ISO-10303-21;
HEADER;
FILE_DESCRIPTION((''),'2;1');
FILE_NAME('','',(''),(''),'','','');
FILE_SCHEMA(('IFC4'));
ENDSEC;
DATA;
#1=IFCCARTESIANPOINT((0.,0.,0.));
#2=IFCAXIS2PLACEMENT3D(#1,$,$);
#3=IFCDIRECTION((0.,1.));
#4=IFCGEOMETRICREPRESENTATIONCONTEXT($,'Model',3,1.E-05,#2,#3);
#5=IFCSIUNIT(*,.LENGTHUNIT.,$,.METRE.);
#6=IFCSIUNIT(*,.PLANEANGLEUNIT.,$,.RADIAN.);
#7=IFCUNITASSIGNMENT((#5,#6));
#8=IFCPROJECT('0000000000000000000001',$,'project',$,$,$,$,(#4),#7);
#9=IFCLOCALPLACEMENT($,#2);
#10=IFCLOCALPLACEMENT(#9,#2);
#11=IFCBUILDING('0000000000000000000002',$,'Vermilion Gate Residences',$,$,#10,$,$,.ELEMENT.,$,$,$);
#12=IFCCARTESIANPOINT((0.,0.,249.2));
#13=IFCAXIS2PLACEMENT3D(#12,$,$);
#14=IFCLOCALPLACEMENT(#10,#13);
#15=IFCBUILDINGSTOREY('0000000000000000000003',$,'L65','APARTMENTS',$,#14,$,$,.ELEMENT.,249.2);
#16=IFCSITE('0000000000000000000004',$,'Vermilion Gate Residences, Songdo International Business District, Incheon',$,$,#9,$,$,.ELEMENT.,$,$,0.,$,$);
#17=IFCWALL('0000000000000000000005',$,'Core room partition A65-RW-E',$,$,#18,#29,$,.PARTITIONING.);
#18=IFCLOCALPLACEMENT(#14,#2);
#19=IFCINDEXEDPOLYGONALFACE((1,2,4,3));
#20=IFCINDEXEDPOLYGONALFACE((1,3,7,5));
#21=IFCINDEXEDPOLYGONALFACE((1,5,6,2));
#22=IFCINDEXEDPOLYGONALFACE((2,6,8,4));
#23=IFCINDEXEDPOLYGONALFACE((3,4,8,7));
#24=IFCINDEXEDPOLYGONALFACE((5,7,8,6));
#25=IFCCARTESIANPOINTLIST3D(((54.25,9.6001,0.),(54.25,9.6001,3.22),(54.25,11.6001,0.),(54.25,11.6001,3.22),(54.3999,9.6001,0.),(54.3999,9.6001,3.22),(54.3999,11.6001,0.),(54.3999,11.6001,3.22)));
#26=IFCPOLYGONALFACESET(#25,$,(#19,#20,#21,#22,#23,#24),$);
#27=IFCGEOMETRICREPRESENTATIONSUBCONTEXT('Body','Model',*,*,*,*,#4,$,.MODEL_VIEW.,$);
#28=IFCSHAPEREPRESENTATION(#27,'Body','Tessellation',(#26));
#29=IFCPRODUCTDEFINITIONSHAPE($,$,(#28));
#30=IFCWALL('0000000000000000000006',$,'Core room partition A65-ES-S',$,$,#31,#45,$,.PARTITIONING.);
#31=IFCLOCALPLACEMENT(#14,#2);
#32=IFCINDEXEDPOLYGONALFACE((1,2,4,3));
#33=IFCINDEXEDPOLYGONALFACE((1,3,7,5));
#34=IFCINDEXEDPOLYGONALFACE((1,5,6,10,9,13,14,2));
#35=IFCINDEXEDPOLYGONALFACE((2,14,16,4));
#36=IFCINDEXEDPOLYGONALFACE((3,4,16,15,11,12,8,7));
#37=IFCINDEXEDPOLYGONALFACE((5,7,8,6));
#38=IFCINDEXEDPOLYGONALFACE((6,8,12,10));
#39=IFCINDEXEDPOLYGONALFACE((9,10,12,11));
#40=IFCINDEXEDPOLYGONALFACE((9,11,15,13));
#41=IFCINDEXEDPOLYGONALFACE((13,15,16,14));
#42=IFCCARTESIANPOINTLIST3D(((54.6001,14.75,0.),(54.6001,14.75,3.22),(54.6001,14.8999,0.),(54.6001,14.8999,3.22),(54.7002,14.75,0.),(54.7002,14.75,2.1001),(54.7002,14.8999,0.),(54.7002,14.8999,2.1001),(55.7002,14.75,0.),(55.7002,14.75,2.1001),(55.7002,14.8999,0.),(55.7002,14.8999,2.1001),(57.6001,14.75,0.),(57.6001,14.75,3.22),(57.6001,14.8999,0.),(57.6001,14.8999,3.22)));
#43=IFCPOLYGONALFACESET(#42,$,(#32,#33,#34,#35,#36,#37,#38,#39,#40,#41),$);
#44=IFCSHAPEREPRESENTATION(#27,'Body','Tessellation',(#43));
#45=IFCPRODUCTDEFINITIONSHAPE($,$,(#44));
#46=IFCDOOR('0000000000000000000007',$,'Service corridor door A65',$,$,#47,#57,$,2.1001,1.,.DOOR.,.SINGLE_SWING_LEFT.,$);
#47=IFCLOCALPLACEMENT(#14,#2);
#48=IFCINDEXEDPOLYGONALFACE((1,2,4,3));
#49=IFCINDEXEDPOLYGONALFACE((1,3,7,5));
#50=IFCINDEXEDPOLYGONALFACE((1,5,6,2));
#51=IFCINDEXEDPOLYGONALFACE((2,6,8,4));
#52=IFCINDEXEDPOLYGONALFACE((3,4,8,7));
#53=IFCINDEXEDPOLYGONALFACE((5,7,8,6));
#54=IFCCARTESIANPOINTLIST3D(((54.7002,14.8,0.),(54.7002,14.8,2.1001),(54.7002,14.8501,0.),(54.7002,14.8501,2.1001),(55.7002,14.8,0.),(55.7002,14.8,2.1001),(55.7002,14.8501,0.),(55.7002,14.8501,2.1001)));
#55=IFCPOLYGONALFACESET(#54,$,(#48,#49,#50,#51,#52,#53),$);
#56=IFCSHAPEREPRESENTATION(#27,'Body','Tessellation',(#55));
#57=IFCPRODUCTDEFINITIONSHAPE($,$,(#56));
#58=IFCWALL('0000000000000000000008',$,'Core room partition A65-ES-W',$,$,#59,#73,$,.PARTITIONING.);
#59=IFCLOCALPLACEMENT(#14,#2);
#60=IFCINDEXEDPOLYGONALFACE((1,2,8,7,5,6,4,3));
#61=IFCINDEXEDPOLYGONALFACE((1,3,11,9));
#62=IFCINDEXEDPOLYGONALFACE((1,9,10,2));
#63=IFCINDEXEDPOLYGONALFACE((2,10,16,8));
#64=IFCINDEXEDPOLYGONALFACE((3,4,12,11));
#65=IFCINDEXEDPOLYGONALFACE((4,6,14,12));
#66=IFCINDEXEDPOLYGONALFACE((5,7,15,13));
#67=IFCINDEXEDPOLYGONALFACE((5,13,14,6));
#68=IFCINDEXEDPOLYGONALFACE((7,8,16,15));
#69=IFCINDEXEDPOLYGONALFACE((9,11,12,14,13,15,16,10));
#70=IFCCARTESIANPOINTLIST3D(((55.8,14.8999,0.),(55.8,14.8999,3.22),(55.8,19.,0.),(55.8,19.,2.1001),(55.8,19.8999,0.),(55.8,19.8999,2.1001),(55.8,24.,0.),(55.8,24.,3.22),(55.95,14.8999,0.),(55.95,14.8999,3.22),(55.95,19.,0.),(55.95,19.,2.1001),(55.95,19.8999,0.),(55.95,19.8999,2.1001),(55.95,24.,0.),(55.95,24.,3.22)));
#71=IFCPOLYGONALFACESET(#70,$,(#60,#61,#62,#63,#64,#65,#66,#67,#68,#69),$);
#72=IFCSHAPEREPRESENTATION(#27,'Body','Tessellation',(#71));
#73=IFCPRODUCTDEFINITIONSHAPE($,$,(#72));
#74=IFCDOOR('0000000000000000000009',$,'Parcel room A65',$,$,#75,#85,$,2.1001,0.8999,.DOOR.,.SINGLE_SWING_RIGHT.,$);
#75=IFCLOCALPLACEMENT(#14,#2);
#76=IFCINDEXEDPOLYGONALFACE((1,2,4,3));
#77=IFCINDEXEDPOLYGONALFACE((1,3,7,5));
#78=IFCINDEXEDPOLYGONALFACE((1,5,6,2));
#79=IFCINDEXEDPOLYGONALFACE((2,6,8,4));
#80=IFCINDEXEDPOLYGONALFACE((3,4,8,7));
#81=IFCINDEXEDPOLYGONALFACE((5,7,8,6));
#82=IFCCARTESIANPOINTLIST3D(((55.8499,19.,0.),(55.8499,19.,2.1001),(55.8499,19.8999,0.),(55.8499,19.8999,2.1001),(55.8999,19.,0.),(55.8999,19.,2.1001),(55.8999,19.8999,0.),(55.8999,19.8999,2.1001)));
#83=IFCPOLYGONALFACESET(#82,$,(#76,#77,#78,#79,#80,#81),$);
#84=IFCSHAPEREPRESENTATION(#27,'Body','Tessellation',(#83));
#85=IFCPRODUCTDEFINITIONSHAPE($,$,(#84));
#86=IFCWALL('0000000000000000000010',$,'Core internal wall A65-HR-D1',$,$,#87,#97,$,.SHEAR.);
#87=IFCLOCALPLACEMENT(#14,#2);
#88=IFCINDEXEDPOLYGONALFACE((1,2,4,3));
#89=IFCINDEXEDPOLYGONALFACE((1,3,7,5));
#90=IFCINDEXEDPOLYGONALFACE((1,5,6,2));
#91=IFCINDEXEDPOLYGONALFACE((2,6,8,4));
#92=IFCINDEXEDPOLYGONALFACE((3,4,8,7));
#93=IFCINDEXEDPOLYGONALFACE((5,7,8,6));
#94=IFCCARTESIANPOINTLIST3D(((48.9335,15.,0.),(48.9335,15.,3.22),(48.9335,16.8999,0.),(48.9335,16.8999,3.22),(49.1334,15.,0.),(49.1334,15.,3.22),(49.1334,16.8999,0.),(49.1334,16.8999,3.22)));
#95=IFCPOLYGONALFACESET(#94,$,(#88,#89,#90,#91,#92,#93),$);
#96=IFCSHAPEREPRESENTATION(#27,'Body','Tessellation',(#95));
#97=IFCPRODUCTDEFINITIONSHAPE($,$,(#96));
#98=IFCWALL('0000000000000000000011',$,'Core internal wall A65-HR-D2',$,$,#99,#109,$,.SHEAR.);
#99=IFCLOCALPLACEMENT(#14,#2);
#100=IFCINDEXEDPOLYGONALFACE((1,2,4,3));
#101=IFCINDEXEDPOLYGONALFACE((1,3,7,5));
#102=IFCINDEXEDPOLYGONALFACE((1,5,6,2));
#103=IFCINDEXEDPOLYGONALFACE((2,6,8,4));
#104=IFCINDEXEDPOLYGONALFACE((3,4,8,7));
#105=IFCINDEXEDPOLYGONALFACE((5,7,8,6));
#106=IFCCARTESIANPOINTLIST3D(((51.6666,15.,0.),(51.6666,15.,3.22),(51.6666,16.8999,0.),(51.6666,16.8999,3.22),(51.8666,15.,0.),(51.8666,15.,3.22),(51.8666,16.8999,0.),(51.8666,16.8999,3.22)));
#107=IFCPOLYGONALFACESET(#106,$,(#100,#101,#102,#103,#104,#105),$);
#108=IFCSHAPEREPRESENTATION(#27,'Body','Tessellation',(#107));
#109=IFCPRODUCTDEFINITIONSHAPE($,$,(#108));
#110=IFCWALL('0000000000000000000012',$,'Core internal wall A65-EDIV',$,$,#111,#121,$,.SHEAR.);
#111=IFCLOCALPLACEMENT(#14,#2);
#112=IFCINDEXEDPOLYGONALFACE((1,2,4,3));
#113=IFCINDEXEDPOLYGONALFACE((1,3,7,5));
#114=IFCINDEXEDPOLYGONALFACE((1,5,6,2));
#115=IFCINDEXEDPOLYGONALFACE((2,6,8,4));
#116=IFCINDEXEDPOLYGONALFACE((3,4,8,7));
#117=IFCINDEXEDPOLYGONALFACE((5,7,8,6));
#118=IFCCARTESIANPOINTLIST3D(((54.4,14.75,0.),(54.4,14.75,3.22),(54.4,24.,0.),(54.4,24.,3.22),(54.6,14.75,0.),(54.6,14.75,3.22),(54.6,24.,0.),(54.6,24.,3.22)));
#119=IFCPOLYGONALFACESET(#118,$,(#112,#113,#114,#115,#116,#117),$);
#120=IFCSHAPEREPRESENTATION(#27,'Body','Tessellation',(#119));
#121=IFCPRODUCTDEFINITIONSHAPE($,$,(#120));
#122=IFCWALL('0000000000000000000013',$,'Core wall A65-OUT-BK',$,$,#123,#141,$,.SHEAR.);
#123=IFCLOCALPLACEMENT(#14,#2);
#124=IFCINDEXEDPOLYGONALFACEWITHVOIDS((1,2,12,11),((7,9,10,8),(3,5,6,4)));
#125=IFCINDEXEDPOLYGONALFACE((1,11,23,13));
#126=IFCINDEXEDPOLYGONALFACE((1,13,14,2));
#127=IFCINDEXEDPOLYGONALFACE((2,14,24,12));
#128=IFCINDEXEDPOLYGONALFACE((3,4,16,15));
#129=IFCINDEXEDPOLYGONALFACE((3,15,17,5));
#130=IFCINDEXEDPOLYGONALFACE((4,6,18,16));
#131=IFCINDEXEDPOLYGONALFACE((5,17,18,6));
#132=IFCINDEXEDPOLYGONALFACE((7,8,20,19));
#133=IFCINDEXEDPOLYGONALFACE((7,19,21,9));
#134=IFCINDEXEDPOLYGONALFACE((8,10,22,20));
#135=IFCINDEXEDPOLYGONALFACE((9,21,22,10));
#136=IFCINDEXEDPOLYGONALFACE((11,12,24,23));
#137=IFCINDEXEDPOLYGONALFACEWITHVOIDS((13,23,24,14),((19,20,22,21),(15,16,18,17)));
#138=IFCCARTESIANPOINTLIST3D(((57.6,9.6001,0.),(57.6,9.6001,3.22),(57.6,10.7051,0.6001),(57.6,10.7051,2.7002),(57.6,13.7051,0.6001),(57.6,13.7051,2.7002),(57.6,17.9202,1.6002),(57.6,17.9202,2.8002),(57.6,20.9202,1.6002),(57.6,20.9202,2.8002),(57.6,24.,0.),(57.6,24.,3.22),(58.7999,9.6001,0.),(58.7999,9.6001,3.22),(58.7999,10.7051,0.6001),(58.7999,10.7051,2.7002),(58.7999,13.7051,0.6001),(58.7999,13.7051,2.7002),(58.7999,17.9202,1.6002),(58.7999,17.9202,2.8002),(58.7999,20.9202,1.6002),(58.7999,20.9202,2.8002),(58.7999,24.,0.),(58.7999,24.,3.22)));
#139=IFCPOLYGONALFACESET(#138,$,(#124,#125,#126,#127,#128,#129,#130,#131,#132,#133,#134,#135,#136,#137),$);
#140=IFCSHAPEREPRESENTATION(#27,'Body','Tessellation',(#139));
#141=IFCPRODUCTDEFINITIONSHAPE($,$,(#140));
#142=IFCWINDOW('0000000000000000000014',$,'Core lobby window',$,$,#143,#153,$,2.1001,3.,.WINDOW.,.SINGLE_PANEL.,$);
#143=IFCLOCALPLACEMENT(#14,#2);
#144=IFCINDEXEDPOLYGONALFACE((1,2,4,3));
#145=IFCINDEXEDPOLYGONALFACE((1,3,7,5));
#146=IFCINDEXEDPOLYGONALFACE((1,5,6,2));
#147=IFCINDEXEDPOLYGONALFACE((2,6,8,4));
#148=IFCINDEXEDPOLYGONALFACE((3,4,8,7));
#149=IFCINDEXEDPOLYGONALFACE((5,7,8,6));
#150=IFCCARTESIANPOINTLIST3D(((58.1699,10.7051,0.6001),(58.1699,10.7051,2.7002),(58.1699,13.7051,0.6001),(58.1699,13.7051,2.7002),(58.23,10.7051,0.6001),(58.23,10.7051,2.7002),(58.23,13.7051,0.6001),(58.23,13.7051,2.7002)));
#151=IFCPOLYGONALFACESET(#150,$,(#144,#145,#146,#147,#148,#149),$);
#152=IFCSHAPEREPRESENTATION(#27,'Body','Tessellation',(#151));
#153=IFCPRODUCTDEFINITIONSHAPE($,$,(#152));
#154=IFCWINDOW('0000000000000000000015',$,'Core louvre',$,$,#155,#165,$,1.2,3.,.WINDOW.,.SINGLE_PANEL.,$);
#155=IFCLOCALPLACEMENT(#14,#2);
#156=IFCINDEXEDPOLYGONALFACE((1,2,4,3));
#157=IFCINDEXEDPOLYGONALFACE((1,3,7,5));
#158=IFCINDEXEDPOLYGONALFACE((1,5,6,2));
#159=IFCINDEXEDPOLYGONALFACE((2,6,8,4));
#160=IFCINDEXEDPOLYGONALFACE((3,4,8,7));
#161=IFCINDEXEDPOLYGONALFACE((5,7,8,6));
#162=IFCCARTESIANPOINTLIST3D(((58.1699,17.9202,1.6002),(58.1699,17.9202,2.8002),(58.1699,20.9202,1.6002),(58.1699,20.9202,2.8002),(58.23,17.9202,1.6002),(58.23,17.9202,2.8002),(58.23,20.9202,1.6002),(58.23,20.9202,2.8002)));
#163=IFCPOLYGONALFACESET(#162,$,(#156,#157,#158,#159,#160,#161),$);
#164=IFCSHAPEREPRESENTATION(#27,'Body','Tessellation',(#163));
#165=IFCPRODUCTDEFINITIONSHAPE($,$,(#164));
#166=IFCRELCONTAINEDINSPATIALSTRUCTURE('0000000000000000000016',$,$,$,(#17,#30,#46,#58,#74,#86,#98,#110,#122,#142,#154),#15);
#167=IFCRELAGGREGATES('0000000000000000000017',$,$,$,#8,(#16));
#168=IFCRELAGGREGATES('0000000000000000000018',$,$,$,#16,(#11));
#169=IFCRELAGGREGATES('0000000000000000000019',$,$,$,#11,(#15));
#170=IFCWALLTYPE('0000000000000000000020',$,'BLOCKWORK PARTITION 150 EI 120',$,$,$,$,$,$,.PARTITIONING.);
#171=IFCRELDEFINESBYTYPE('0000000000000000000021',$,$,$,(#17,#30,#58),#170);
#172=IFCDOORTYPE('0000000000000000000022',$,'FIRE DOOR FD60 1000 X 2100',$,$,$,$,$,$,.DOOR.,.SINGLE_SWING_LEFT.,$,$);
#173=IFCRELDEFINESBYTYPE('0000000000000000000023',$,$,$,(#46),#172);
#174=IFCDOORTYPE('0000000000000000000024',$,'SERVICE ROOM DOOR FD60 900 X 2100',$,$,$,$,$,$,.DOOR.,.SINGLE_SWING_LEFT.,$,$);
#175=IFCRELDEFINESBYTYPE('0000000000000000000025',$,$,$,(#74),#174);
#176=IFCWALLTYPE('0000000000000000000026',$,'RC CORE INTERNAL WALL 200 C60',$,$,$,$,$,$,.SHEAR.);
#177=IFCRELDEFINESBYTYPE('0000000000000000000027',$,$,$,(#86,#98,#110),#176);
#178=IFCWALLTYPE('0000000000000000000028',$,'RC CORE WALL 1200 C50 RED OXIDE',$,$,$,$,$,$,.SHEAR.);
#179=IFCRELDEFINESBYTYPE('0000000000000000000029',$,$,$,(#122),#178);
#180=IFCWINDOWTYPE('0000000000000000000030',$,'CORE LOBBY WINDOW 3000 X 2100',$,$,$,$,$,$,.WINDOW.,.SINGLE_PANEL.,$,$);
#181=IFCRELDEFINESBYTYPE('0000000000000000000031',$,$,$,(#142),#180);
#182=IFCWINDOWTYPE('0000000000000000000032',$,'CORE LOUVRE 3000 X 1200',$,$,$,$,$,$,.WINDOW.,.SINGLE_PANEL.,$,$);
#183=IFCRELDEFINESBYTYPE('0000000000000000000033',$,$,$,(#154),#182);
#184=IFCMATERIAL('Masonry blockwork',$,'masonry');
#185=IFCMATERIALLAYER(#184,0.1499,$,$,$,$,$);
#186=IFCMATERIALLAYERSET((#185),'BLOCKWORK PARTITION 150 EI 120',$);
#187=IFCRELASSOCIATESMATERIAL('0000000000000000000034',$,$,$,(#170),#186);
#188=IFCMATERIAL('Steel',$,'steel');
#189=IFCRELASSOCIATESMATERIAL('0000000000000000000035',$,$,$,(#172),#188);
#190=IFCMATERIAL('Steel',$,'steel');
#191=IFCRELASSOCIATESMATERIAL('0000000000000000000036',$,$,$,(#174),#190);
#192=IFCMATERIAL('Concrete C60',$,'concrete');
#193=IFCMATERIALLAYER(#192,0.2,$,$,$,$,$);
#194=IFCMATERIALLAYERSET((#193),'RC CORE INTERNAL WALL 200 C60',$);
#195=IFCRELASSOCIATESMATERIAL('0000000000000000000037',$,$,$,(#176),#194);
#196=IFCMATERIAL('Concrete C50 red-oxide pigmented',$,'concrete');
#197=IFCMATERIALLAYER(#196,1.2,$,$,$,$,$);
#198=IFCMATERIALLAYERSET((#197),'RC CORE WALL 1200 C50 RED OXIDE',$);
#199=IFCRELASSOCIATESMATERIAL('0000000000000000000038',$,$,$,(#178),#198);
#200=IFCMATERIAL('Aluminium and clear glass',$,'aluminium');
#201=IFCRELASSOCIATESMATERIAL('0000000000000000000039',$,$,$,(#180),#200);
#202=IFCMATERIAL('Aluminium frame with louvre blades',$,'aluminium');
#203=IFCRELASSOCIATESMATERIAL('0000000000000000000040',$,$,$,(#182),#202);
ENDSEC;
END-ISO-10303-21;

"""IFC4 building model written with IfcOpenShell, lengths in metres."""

from ifc_helpers import new_model, si_unit, direction, frame, frame_2d, origin, place, context, subcontext, project, spatial, rectangle, extrude, material, layer, layer_set, type_object, element, fill, save


model = new_model("IFC4")

# Units and contexts
model_context = context("Model", 3, precision=1e-05, world=origin(), true_north=direction((0.0, 1.0)))
body_context = subcontext(model_context, "Body", "Model", "MODEL_VIEW")
ifc_project = project(units=[si_unit("LENGTHUNIT", "METRE"), si_unit("PLANEANGLEUNIT", "RADIAN")], contexts=[model_context])

# Site, building, storey
site_placement = place(None, origin())
site = spatial("IfcSite", under=ifc_project, at=site_placement, Name="Vermilion Gate Residences, Songdo International Business District, Incheon", CompositionType="ELEMENT", RefElevation=0.0)
building_placement = place(site_placement, origin())
building = spatial("IfcBuilding", under=site, at=building_placement, Name="Vermilion Gate Residences", CompositionType="ELEMENT")
storey_placement = place(building_placement, frame((0.0, 0.0, 249.2)))
storey = spatial("IfcBuildingStorey", under=building, at=storey_placement, Name="L65", Description="APARTMENTS", CompositionType="ELEMENT", Elevation=249.2)

# Wall
ifc_material_1 = material(Name="Masonry blockwork", Category="masonry")
ifc_layer_1 = layer(ifc_material_1, 0.1499)
ifc_layer_set_1 = layer_set([ifc_layer_1], Name="BLOCKWORK PARTITION 150 EI 120")
wall_type_1 = type_object("IfcWallType", Name="BLOCKWORK PARTITION 150 EI 120", PredefinedType="PARTITIONING", material=ifc_layer_set_1)
wall_1_placement = place(storey_placement, frame((54.325, 9.6001, 0.0), z_axis=(0.0, 0.0, 1.0), x_axis=(0.0, 1.0, 0.0)))
element("IfcWall", 1, at=wall_1_placement, inside=storey, type_object=wall_type_1, Name="Core room partition A65-RW-E", PredefinedType="PARTITIONING", context=body_context, shape_type="SweptSolid", body=[
    extrude(rectangle(XDim=2.0, YDim=0.1499, at=frame_2d((1.0, 0.0))), origin(), (0.0, 0.0, 1.0), 3.22),
])

# Walls, openings, doors
wall_2_placement = place(storey_placement, frame((54.6001, 14.825, 0.0), z_axis=(0.0, 0.0, 1.0), x_axis=(1.0, 0.0, 0.0)))
wall_2 = element("IfcWall", 2, at=wall_2_placement, inside=storey, type_object=wall_type_1, Name="Core room partition A65-ES-S", PredefinedType="PARTITIONING", context=body_context, shape_type="SweptSolid", body=[
    extrude(rectangle(XDim=3.0, YDim=0.1499, at=frame_2d((1.5, 0.0))), origin(), (0.0, 0.0, 1.0), 3.22),
])
opening_1_placement = place(wall_2_placement, frame((0.1001, 0.0, 0.0)))
opening_1 = element("IfcOpeningElement", 3, at=opening_1_placement, cuts=wall_2, PredefinedType="OPENING", context=body_context, shape_type="SweptSolid", body=[
    extrude(rectangle(XDim=1.0, YDim=2.1001, at=frame_2d((0.5, 1.05))), frame((0.0, 0.085, 0.0), z_axis=(0.0, -1.0, 0.0), x_axis=(1.0, 0.0, 0.0)), (0.0, 0.0, 1.0), 0.1699),
])
ifc_material_2 = material(Name="Steel", Category="steel")
door_type_1 = type_object("IfcDoorType", Name="FIRE DOOR FD60 1000 X 2100", OperationType="SINGLE_SWING_LEFT", PredefinedType="DOOR", material=ifc_material_2)
door_1_placement = place(opening_1_placement, frame((1.0, 0.0, 0.0), z_axis=(0.0, 0.0, 1.0), x_axis=(-1.0, 0.0, 0.0)))
door_1 = element("IfcDoor", 4, at=door_1_placement, inside=storey, type_object=door_type_1, Name="Service corridor door A65", OperationType="SINGLE_SWING_LEFT", OverallHeight=2.1001, OverallWidth=1.0, PredefinedType="DOOR", context=body_context, shape_type="SweptSolid", body=[
    extrude(rectangle(XDim=1.0, YDim=2.1001, at=frame_2d((0.5, 1.05))), frame((0.0, 0.0249, 0.0), z_axis=(0.0, -1.0, 0.0), x_axis=(1.0, 0.0, 0.0)), (0.0, 0.0, 1.0), 0.05),
])
fill(opening_1, door_1)
wall_3_placement = place(storey_placement, frame((55.875, 14.8999, 0.0), z_axis=(0.0, 0.0, 1.0), x_axis=(0.0, 1.0, 0.0)))
wall_3 = element("IfcWall", 5, at=wall_3_placement, inside=storey, type_object=wall_type_1, Name="Core room partition A65-ES-W", PredefinedType="PARTITIONING", context=body_context, shape_type="SweptSolid", body=[
    extrude(rectangle(XDim=9.1001, YDim=0.1499, at=frame_2d((4.55, 0.0))), origin(), (0.0, 0.0, 1.0), 3.22),
])
opening_2_placement = place(wall_3_placement, frame((4.1001, 0.0, 0.0)))
opening_2 = element("IfcOpeningElement", 6, at=opening_2_placement, cuts=wall_3, PredefinedType="OPENING", context=body_context, shape_type="SweptSolid", body=[
    extrude(rectangle(XDim=0.8999, YDim=2.1001, at=frame_2d((0.45, 1.05))), frame((0.0, 0.085, 0.0), z_axis=(0.0, -1.0, 0.0), x_axis=(1.0, 0.0, 0.0)), (0.0, 0.0, 1.0), 0.1699),
])
ifc_material_3 = material(Name="Steel", Category="steel")
door_type_2 = type_object("IfcDoorType", Name="SERVICE ROOM DOOR FD60 900 X 2100", OperationType="SINGLE_SWING_LEFT", PredefinedType="DOOR", material=ifc_material_3)
door_2_placement = place(opening_2_placement, frame((0.8999, 0.0, 0.0), z_axis=(0.0, 0.0, 1.0), x_axis=(-1.0, 0.0, 0.0)))
door_2 = element("IfcDoor", 7, at=door_2_placement, inside=storey, type_object=door_type_2, Name="Parcel room A65", OperationType="SINGLE_SWING_RIGHT", OverallHeight=2.1001, OverallWidth=0.8999, PredefinedType="DOOR", context=body_context, shape_type="SweptSolid", body=[
    extrude(rectangle(XDim=0.8999, YDim=2.1001, at=frame_2d((0.45, 1.05))), frame((0.0, 0.0249, 0.0), z_axis=(0.0, -1.0, 0.0), x_axis=(1.0, 0.0, 0.0)), (0.0, 0.0, 1.0), 0.05),
])
fill(opening_2, door_2)

# Walls
ifc_material_4 = material(Name="Concrete C60", Category="concrete")
ifc_layer_2 = layer(ifc_material_4, 0.2)
ifc_layer_set_2 = layer_set([ifc_layer_2], Name="RC CORE INTERNAL WALL 200 C60")
wall_type_2 = type_object("IfcWallType", Name="RC CORE INTERNAL WALL 200 C60", PredefinedType="SHEAR", material=ifc_layer_set_2)
for number, where, z_axis, x_axis, name in (
    (8, (49.0334, 15.0, 0.0), (0.0, 0.0, 1.0), (0.0, 1.0, 0.0), "Core internal wall A65-HR-D1"),
    (9, (51.7666, 15.0, 0.0), (0.0, 0.0, 1.0), (0.0, 1.0, 0.0), "Core internal wall A65-HR-D2"),
):
    element("IfcWall", number, at=place(storey_placement, frame(where, z_axis=z_axis, x_axis=x_axis)), inside=storey, type_object=wall_type_2, Name=name, PredefinedType="SHEAR", context=body_context, shape_type="SweptSolid", body=[
        extrude(rectangle(XDim=1.8999, YDim=0.2, at=frame_2d((0.95, 0.0))), origin(), (0.0, 0.0, 1.0), 3.22),
    ])
wall_4_placement = place(storey_placement, frame((54.5, 14.75, 0.0), z_axis=(0.0, 0.0, 1.0), x_axis=(0.0, 1.0, 0.0)))
element("IfcWall", 10, at=wall_4_placement, inside=storey, type_object=wall_type_2, Name="Core internal wall A65-EDIV", PredefinedType="SHEAR", context=body_context, shape_type="SweptSolid", body=[
    extrude(rectangle(XDim=9.25, YDim=0.2, at=frame_2d((4.625, 0.0))), origin(), (0.0, 0.0, 1.0), 3.22),
])

# Wall, openings, windows
ifc_material_5 = material(Name="Concrete C50 red-oxide pigmented", Category="concrete")
ifc_layer_3 = layer(ifc_material_5, 1.2)
ifc_layer_set_3 = layer_set([ifc_layer_3], Name="RC CORE WALL 1200 C50 RED OXIDE")
wall_type_3 = type_object("IfcWallType", Name="RC CORE WALL 1200 C50 RED OXIDE", PredefinedType="SHEAR", material=ifc_layer_set_3)
wall_5_placement = place(storey_placement, frame((58.2, 9.6001, 0.0), z_axis=(0.0, 0.0, 1.0), x_axis=(0.0, 1.0, 0.0)))
wall_5 = element("IfcWall", 11, at=wall_5_placement, inside=storey, type_object=wall_type_3, Name="Core wall A65-OUT-BK", PredefinedType="SHEAR", context=body_context, shape_type="SweptSolid", body=[
    extrude(rectangle(XDim=14.3999, YDim=1.2, at=frame_2d((7.2, 0.0))), origin(), (0.0, 0.0, 1.0), 3.22),
])
opening_3_placement = place(wall_5_placement, frame((1.105, 0.0, 0.6001)))
opening_3 = element("IfcOpeningElement", 12, at=opening_3_placement, cuts=wall_5, PredefinedType="OPENING", context=body_context, shape_type="SweptSolid", body=[
    extrude(rectangle(XDim=3.0, YDim=2.1001, at=frame_2d((1.5, 1.05))), frame((0.0, 0.6099, 0.0), z_axis=(0.0, -1.0, 0.0), x_axis=(1.0, 0.0, 0.0)), (0.0, 0.0, 1.0), 1.22),
])
opening_4_placement = place(wall_5_placement, frame((8.3201, 0.0, 1.6001)))
opening_4 = element("IfcOpeningElement", 13, at=opening_4_placement, cuts=wall_5, PredefinedType="OPENING", context=body_context, shape_type="SweptSolid", body=[
    extrude(rectangle(XDim=3.0, YDim=1.2, at=frame_2d((1.5, 0.6001))), frame((0.0, 0.6099, 0.0), z_axis=(0.0, -1.0, 0.0), x_axis=(1.0, 0.0, 0.0)), (0.0, 0.0, 1.0), 1.22),
])
ifc_material_6 = material(Name="Aluminium and clear glass", Category="aluminium")
window_type_1 = type_object("IfcWindowType", Name="CORE LOBBY WINDOW 3000 X 2100", PartitioningType="SINGLE_PANEL", PredefinedType="WINDOW", material=ifc_material_6)
window_1_placement = place(opening_3_placement, origin())
window_1 = element("IfcWindow", 14, at=window_1_placement, inside=storey, type_object=window_type_1, Name="Core lobby window", OverallHeight=2.1001, OverallWidth=3.0, PartitioningType="SINGLE_PANEL", PredefinedType="WINDOW", context=body_context, shape_type="SweptSolid", body=[
    extrude(rectangle(XDim=3.0, YDim=2.1001, at=frame_2d((1.5, 1.05))), frame((0.0, 0.03, 0.0), z_axis=(0.0, -1.0, 0.0), x_axis=(1.0, 0.0, 0.0)), (0.0, 0.0, 1.0), 0.0601),
])
fill(opening_3, window_1)
ifc_material_7 = material(Name="Aluminium frame with louvre blades", Category="aluminium")
window_type_2 = type_object("IfcWindowType", Name="CORE LOUVRE 3000 X 1200", PartitioningType="SINGLE_PANEL", PredefinedType="WINDOW", material=ifc_material_7)
window_2_placement = place(opening_4_placement, origin())
window_2 = element("IfcWindow", 15, at=window_2_placement, inside=storey, type_object=window_type_2, Name="Core louvre", OverallHeight=1.2, OverallWidth=3.0, PartitioningType="SINGLE_PANEL", PredefinedType="WINDOW", context=body_context, shape_type="SweptSolid", body=[
    extrude(rectangle(XDim=3.0, YDim=1.2, at=frame_2d((1.5, 0.6001))), frame((0.0, 0.03, 0.0), z_axis=(0.0, -1.0, 0.0), x_axis=(1.0, 0.0, 0.0)), (0.0, 0.0, 1.0), 0.0601),
])
fill(opening_4, window_2)

save(model, "model.ifc")
